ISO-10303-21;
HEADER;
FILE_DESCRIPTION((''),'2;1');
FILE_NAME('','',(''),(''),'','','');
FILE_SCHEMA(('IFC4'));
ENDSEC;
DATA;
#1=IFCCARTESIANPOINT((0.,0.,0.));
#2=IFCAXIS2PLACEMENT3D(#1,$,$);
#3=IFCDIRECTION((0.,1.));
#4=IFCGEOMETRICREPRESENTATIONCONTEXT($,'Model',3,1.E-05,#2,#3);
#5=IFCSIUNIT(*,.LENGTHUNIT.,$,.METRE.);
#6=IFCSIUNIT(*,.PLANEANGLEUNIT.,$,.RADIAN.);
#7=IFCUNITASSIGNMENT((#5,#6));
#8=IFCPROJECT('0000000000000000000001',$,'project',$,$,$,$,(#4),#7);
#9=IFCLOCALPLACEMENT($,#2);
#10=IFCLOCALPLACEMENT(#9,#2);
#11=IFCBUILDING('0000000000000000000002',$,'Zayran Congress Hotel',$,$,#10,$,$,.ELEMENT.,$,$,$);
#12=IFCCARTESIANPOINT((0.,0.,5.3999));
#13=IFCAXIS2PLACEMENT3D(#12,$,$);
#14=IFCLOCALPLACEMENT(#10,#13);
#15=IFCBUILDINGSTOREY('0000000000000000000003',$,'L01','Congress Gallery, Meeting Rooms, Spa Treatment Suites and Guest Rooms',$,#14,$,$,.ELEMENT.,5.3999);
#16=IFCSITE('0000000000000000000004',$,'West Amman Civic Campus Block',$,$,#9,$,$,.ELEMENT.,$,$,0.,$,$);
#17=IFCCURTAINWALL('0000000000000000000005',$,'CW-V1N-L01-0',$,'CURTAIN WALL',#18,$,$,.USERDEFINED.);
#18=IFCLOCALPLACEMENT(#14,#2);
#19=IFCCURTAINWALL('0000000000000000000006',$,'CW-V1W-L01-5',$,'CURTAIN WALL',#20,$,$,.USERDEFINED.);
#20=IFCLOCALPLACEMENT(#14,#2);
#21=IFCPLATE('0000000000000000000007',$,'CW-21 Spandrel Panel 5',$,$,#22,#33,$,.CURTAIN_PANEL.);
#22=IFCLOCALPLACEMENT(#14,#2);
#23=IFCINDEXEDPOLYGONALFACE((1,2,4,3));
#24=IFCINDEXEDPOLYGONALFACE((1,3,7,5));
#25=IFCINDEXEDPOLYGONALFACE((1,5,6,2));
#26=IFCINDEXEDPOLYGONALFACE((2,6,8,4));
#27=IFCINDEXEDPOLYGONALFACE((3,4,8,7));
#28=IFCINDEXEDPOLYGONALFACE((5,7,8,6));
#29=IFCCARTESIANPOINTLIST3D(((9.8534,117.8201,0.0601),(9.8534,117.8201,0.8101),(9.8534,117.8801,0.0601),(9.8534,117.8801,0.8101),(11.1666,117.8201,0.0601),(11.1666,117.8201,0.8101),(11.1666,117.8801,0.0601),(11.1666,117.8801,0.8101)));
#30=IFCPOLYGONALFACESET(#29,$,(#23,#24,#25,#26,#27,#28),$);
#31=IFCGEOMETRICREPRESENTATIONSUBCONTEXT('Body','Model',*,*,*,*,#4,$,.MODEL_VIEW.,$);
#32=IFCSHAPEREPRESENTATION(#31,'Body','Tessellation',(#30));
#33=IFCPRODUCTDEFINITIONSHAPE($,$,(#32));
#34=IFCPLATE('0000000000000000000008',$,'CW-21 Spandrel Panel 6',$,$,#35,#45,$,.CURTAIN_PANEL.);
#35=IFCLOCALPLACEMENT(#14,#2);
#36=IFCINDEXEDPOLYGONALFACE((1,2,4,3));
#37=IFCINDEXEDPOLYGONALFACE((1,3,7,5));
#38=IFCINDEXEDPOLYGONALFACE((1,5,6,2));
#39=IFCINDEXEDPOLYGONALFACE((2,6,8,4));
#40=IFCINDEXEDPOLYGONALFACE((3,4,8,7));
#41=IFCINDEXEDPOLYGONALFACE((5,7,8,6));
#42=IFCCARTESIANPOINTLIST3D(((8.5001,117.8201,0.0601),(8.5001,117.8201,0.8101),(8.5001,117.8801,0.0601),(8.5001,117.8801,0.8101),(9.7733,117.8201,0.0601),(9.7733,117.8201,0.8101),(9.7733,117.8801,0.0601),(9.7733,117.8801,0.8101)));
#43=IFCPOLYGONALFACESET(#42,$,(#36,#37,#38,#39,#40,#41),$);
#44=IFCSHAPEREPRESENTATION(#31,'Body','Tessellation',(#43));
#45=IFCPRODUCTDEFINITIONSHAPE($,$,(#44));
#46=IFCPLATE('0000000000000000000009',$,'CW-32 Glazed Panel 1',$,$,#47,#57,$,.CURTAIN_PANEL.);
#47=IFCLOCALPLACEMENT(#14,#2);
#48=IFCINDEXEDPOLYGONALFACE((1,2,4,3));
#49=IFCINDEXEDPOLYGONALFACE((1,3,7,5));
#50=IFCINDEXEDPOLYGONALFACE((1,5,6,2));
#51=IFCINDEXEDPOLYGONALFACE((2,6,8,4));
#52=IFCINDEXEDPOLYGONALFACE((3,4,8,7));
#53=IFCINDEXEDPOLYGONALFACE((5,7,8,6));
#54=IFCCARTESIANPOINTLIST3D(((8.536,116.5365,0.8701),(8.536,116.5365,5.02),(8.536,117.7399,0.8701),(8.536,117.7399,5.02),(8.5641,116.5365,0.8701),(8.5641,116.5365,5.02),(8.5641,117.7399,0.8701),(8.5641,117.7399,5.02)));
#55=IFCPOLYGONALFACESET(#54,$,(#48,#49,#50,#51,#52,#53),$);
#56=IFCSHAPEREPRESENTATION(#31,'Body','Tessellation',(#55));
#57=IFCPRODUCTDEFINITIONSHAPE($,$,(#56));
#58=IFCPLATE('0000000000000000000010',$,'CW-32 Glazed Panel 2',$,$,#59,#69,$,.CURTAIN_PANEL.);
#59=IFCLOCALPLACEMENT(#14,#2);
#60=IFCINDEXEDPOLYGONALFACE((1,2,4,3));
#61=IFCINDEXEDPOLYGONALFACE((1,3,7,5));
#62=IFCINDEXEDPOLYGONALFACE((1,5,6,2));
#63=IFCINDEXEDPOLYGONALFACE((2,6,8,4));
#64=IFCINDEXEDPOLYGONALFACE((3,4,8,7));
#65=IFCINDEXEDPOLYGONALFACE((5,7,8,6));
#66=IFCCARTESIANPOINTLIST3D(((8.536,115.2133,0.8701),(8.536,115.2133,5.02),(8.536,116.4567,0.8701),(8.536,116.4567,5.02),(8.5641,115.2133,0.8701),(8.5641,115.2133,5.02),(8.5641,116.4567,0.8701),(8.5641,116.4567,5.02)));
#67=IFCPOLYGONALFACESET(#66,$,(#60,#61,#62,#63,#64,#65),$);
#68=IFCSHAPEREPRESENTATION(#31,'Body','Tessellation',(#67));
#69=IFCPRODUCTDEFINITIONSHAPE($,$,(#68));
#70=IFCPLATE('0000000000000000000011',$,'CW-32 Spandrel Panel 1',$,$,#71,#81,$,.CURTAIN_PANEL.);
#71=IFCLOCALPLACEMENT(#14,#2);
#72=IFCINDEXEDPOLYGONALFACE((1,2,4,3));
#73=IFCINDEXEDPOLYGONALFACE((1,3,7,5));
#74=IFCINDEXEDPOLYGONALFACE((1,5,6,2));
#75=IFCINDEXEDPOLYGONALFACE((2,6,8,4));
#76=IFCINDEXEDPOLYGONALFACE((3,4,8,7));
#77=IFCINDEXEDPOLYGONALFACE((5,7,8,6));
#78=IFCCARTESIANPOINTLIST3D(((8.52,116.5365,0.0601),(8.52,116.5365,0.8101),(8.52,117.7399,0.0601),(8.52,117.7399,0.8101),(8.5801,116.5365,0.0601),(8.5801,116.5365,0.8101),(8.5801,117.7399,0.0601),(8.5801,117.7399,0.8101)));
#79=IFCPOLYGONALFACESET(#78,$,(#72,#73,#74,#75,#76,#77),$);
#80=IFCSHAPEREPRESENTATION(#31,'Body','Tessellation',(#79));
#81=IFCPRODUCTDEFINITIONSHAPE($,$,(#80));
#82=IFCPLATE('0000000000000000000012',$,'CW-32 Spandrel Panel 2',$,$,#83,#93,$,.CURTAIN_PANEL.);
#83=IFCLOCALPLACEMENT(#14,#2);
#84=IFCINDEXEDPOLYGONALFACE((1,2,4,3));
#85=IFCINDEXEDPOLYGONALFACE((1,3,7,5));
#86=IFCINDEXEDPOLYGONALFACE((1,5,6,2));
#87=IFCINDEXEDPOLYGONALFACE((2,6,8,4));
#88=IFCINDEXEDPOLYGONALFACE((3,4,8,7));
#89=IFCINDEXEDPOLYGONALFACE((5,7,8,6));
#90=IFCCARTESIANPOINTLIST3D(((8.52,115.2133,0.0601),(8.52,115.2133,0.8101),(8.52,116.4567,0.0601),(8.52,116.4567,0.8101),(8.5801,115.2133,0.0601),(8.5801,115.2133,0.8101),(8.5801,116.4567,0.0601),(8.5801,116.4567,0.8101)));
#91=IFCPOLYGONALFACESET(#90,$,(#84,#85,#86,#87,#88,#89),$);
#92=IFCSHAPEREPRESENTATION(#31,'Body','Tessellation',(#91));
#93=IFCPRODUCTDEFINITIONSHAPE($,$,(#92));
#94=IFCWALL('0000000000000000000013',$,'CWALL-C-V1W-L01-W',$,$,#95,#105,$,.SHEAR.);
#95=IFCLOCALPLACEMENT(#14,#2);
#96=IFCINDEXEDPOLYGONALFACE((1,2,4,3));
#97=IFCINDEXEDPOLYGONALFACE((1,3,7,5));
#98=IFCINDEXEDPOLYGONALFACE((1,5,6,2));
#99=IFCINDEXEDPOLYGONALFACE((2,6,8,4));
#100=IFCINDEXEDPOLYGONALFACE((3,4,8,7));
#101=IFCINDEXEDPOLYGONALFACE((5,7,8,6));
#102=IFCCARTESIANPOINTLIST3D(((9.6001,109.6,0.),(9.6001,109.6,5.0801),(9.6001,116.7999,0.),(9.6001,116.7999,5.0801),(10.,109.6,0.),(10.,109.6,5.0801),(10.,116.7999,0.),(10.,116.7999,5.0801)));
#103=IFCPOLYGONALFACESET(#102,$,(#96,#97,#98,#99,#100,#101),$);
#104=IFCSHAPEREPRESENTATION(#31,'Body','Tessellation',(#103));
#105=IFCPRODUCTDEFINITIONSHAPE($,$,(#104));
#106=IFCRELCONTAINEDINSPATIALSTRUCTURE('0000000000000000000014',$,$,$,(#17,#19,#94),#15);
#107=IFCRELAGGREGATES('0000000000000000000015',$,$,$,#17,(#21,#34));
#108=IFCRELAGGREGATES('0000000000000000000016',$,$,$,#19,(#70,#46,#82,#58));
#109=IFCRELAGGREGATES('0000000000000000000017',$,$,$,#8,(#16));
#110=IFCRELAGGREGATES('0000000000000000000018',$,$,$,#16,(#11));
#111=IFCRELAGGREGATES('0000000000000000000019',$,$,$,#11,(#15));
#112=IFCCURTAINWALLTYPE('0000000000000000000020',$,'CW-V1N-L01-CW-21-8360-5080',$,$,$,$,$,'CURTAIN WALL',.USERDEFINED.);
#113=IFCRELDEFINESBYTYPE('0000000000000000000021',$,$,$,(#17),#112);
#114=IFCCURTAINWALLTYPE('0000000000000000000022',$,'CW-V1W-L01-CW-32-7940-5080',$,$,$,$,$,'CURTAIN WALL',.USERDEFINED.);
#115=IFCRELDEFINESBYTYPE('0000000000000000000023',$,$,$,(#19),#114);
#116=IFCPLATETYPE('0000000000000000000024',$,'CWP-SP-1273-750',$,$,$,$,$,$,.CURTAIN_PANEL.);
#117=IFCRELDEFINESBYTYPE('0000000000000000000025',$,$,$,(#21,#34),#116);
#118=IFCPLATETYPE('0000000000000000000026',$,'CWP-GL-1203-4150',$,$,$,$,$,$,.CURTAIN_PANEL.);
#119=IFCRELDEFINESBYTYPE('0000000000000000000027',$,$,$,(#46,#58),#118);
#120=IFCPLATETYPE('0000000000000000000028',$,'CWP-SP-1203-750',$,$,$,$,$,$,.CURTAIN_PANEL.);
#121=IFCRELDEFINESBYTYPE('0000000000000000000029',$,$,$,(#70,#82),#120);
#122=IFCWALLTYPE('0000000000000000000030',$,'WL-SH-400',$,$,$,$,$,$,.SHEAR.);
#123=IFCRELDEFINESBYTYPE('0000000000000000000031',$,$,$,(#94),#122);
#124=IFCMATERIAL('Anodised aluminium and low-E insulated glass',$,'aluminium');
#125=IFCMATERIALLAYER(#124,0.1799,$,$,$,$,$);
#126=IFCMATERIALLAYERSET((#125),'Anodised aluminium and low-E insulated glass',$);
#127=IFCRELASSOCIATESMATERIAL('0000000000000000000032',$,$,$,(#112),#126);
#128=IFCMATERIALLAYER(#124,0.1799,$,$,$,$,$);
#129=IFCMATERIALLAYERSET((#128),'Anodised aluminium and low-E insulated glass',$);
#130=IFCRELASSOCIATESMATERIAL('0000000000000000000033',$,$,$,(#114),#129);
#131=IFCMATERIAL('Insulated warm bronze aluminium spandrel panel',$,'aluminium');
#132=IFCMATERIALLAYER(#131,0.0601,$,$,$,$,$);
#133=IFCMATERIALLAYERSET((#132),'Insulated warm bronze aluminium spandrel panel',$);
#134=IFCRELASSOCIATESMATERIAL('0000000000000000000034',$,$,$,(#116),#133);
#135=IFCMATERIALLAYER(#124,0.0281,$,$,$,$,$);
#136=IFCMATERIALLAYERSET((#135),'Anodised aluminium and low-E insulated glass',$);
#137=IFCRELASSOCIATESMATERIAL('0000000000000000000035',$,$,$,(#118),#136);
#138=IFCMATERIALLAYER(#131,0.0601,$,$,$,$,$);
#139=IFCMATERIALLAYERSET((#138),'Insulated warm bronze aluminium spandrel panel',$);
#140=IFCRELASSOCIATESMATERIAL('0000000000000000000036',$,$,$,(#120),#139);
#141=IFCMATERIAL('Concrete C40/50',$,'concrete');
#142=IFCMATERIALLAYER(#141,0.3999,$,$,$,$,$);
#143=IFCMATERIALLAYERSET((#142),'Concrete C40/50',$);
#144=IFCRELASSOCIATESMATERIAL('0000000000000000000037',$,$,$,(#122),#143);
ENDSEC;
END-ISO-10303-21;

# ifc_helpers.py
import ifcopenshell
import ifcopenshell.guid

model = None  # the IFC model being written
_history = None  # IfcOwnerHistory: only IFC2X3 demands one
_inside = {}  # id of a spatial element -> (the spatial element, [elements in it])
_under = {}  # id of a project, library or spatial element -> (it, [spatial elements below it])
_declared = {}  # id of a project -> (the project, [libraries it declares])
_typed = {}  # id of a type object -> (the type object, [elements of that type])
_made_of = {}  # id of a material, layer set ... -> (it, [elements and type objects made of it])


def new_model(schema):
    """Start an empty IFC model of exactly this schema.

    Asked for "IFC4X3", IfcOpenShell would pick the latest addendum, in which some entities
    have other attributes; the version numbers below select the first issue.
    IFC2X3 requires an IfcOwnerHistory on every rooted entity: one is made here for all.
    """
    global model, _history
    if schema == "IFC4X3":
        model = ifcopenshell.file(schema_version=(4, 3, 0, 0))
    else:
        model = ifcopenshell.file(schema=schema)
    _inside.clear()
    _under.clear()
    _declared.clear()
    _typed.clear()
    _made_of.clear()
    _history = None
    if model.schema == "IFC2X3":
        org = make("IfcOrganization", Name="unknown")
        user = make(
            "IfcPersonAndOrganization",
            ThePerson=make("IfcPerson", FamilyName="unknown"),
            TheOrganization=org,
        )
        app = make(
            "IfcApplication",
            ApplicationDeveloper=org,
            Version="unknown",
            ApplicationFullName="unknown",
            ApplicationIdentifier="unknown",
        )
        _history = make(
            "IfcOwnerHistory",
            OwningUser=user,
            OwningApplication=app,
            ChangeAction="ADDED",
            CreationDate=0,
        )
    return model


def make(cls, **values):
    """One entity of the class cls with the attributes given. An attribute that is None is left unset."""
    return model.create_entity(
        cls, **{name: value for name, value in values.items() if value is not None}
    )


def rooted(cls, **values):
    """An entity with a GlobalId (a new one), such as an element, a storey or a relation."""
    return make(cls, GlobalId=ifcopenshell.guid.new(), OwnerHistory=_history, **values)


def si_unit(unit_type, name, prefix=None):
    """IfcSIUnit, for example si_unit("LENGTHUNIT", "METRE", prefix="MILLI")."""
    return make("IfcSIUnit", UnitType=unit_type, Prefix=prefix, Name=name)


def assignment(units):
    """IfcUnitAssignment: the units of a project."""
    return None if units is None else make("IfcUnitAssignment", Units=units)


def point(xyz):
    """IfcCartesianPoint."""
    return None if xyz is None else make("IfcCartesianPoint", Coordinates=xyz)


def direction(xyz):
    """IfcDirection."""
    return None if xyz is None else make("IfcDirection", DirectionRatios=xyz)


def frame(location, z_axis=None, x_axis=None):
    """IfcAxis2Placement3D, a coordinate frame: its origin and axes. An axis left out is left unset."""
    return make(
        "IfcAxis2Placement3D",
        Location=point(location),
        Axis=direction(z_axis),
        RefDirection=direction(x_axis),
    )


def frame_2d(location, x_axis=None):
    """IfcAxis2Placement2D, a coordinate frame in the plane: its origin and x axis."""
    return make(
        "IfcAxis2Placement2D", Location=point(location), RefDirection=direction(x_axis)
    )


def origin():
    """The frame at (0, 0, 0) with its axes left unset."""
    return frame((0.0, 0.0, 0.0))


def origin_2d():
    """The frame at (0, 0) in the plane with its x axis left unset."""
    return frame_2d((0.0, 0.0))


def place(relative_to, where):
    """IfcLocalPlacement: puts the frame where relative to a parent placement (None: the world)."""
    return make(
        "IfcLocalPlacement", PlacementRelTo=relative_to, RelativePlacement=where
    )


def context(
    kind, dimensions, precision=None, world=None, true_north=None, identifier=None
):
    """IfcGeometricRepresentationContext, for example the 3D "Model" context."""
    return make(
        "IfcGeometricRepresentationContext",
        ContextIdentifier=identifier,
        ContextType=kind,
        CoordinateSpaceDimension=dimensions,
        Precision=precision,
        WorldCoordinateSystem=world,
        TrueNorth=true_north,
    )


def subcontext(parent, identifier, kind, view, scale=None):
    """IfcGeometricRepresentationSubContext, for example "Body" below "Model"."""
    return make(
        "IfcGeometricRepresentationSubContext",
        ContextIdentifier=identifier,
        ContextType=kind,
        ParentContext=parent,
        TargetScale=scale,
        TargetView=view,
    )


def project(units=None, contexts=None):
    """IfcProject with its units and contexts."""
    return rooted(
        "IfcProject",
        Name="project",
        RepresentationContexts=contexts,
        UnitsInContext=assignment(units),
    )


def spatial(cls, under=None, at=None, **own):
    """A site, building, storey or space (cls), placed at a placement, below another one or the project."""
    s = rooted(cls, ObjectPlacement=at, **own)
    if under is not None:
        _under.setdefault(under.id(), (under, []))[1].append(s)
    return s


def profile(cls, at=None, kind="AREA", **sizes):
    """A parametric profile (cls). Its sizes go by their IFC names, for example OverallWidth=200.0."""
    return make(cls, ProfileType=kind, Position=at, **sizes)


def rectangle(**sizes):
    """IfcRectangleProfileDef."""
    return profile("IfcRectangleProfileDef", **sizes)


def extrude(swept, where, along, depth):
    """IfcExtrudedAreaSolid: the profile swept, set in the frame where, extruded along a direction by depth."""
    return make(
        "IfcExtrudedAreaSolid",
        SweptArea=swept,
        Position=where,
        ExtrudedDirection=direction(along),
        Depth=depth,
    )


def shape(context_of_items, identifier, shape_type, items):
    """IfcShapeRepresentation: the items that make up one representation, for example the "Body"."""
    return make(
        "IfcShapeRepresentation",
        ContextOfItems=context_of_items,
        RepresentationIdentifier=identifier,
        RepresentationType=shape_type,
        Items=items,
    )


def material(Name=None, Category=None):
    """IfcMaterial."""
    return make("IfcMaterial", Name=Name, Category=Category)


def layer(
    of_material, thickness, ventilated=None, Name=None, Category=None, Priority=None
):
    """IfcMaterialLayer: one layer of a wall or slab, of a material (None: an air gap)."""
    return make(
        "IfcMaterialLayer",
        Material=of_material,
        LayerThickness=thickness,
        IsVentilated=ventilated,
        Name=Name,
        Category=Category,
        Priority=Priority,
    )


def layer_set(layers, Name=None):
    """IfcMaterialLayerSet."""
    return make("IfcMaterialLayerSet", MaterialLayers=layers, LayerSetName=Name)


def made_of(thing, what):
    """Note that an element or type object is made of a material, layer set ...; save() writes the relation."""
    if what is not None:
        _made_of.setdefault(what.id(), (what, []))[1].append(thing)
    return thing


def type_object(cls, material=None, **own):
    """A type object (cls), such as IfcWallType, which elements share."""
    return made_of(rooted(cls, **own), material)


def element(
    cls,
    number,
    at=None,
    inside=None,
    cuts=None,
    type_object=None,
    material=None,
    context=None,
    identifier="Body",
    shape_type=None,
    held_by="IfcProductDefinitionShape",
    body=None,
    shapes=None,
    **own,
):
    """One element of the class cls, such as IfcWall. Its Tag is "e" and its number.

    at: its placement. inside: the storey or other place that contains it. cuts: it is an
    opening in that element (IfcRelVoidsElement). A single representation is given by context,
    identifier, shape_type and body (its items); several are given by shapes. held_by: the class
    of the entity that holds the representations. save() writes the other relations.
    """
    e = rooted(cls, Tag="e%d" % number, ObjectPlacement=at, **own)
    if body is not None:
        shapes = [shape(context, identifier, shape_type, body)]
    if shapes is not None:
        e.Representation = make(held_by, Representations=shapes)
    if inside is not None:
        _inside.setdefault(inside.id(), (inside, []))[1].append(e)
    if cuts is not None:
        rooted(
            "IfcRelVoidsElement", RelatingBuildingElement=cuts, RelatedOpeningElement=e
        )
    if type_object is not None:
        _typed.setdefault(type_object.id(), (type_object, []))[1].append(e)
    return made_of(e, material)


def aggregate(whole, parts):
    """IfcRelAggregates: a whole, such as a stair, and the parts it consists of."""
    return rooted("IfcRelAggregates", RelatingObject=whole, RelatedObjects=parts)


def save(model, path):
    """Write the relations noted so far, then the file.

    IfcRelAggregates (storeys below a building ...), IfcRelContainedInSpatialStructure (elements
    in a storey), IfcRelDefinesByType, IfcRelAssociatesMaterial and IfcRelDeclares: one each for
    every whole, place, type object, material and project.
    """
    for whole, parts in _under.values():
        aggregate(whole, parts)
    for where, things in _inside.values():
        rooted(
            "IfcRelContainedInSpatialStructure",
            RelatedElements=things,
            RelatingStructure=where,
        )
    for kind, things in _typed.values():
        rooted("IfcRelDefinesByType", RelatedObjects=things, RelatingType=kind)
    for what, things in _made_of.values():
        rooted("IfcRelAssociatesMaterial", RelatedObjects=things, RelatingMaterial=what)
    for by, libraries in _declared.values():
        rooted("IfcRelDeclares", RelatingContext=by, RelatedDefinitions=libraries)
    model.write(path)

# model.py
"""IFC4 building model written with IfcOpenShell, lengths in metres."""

from ifc_helpers import new_model, si_unit, direction, frame, frame_2d, origin, origin_2d, place, context, subcontext, project, spatial, rectangle, extrude, material, layer, layer_set, type_object, element, aggregate, save


model = new_model("IFC4")

# Units and contexts
model_context = context("Model", 3, precision=1e-05, world=origin(), true_north=direction((0.0, 1.0)))
body_context = subcontext(model_context, "Body", "Model", "MODEL_VIEW")
ifc_project = project(units=[si_unit("LENGTHUNIT", "METRE"), si_unit("PLANEANGLEUNIT", "RADIAN")], contexts=[model_context])

# Site, building, storey
site_placement = place(None, origin())
site = spatial("IfcSite", under=ifc_project, at=site_placement, Name="West Amman Civic Campus Block", CompositionType="ELEMENT", RefElevation=0.0)
building_placement = place(site_placement, origin())
building = spatial("IfcBuilding", under=site, at=building_placement, Name="Zayran Congress Hotel", CompositionType="ELEMENT")
storey_placement = place(building_placement, frame((0.0, 0.0, 5.3999)))
storey = spatial("IfcBuildingStorey", under=building, at=storey_placement, Name="L01", Description="Congress Gallery, Meeting Rooms, Spa Treatment Suites and Guest Rooms", CompositionType="ELEMENT", Elevation=5.3999)

# Shared definitions
ifc_material_1 = material(Name="Concrete C40/50", Category="concrete")

# Curtain walls
ifc_material_2 = material(Name="Anodised aluminium and low-E insulated glass", Category="aluminium")
ifc_layer_1 = layer(ifc_material_2, 0.1799)
ifc_layer_set_1 = layer_set([ifc_layer_1], Name="Anodised aluminium and low-E insulated glass")
curtain_wall_type_1 = type_object("IfcCurtainWallType", Name="CW-V1N-L01-CW-21-8360-5080", ElementType="CURTAIN WALL", PredefinedType="USERDEFINED", material=ifc_layer_set_1)
curtain_wall_1_placement = place(storey_placement, origin())
curtain_wall_1 = element("IfcCurtainWall", 1, at=curtain_wall_1_placement, inside=storey, type_object=curtain_wall_type_1, Name="CW-V1N-L01-0", ObjectType="CURTAIN WALL", PredefinedType="USERDEFINED")
ifc_layer_2 = layer(ifc_material_2, 0.1799)
ifc_layer_set_2 = layer_set([ifc_layer_2], Name="Anodised aluminium and low-E insulated glass")
curtain_wall_type_2 = type_object("IfcCurtainWallType", Name="CW-V1W-L01-CW-32-7940-5080", ElementType="CURTAIN WALL", PredefinedType="USERDEFINED", material=ifc_layer_set_2)
curtain_wall_2_placement = place(storey_placement, origin())
curtain_wall_2 = element("IfcCurtainWall", 2, at=curtain_wall_2_placement, inside=storey, type_object=curtain_wall_type_2, Name="CW-V1W-L01-5", ObjectType="CURTAIN WALL", PredefinedType="USERDEFINED")

# Plates
ifc_material_3 = material(Name="Insulated warm bronze aluminium spandrel panel", Category="aluminium")
ifc_layer_3 = layer(ifc_material_3, 0.0601)
ifc_layer_set_3 = layer_set([ifc_layer_3], Name="Insulated warm bronze aluminium spandrel panel")
plate_type_1 = type_object("IfcPlateType", Name="CWP-SP-1273-750", PredefinedType="CURTAIN_PANEL", material=ifc_layer_set_3)
plate_1_placement = place(storey_placement, frame((10.51, 117.8501, 0.0601), z_axis=(0.0, 0.0, 1.0), x_axis=(1.0, 0.0, 0.0)))
plate_1 = element("IfcPlate", 3, at=plate_1_placement, type_object=plate_type_1, Name="CW-21 Spandrel Panel 5", PredefinedType="CURTAIN_PANEL", context=body_context, shape_type="SweptSolid", body=[
    extrude(rectangle(XDim=1.3132, YDim=0.0601, at=origin_2d()), origin(), (0.0, 0.0, 1.0), 0.75),
])
plate_2_placement = place(storey_placement, frame((9.1367, 117.8501, 0.0601), z_axis=(0.0, 0.0, 1.0), x_axis=(1.0, 0.0, 0.0)))
plate_2 = element("IfcPlate", 4, at=plate_2_placement, type_object=plate_type_1, Name="CW-21 Spandrel Panel 6", PredefinedType="CURTAIN_PANEL", context=body_context, shape_type="SweptSolid", body=[
    extrude(rectangle(XDim=1.2732, YDim=0.0601, at=origin_2d()), origin(), (0.0, 0.0, 1.0), 0.75),
])
aggregate(curtain_wall_1, [plate_1, plate_2])
ifc_layer_4 = layer(ifc_material_2, 0.0281)
ifc_layer_set_4 = layer_set([ifc_layer_4], Name="Anodised aluminium and low-E insulated glass")
plate_type_2 = type_object("IfcPlateType", Name="CWP-GL-1203-4150", PredefinedType="CURTAIN_PANEL", material=ifc_layer_set_4)
plate_3_placement = place(storey_placement, frame((8.55, 117.1382, 0.8701), z_axis=(0.0, 0.0, 1.0), x_axis=(0.0, 1.0, 0.0)))
plate_3 = element("IfcPlate", 5, at=plate_3_placement, type_object=plate_type_2, Name="CW-32 Glazed Panel 1", PredefinedType="CURTAIN_PANEL", context=body_context, shape_type="SweptSolid", body=[
    extrude(rectangle(XDim=1.2034, YDim=0.0281, at=origin_2d()), origin(), (0.0, 0.0, 1.0), 4.1499),
])
plate_4_placement = place(storey_placement, frame((8.55, 115.835, 0.8701), z_axis=(0.0, 0.0, 1.0), x_axis=(0.0, 1.0, 0.0)))
plate_4 = element("IfcPlate", 6, at=plate_4_placement, type_object=plate_type_2, Name="CW-32 Glazed Panel 2", PredefinedType="CURTAIN_PANEL", context=body_context, shape_type="SweptSolid", body=[
    extrude(rectangle(XDim=1.2434, YDim=0.0281, at=origin_2d()), origin(), (0.0, 0.0, 1.0), 4.1499),
])
ifc_layer_5 = layer(ifc_material_3, 0.0601)
ifc_layer_set_5 = layer_set([ifc_layer_5], Name="Insulated warm bronze aluminium spandrel panel")
plate_type_3 = type_object("IfcPlateType", Name="CWP-SP-1203-750", PredefinedType="CURTAIN_PANEL", material=ifc_layer_set_5)
plate_5_placement = place(storey_placement, frame((8.55, 117.1382, 0.0601), z_axis=(0.0, 0.0, 1.0), x_axis=(0.0, 1.0, 0.0)))
plate_5 = element("IfcPlate", 7, at=plate_5_placement, type_object=plate_type_3, Name="CW-32 Spandrel Panel 1", PredefinedType="CURTAIN_PANEL", context=body_context, shape_type="SweptSolid", body=[
    extrude(rectangle(XDim=1.2034, YDim=0.0601, at=origin_2d()), origin(), (0.0, 0.0, 1.0), 0.75),
])
plate_6_placement = place(storey_placement, frame((8.55, 115.835, 0.0601), z_axis=(0.0, 0.0, 1.0), x_axis=(0.0, 1.0, 0.0)))
plate_6 = element("IfcPlate", 8, at=plate_6_placement, type_object=plate_type_3, Name="CW-32 Spandrel Panel 2", PredefinedType="CURTAIN_PANEL", context=body_context, shape_type="SweptSolid", body=[
    extrude(rectangle(XDim=1.2434, YDim=0.0601, at=origin_2d()), origin(), (0.0, 0.0, 1.0), 0.75),
])
aggregate(curtain_wall_2, [plate_5, plate_3, plate_6, plate_4])

# Wall
ifc_layer_6 = layer(ifc_material_1, 0.3999)
ifc_layer_set_6 = layer_set([ifc_layer_6], Name="Concrete C40/50")
wall_type = type_object("IfcWallType", Name="WL-SH-400", PredefinedType="SHEAR", material=ifc_layer_set_6)
wall_placement = place(storey_placement, frame((9.8, 116.8, 0.0), z_axis=(0.0, 0.0, 1.0), x_axis=(0.0, -1.0, 0.0)))
element("IfcWall", 9, at=wall_placement, inside=storey, type_object=wall_type, Name="CWALL-C-V1W-L01-W", PredefinedType="SHEAR", context=body_context, shape_type="SweptSolid", body=[
    extrude(rectangle(XDim=7.2, YDim=0.3999, at=frame_2d((3.6001, 0.0))), origin(), (0.0, 0.0, 1.0), 5.0801),
])

save(model, "model.ifc")
